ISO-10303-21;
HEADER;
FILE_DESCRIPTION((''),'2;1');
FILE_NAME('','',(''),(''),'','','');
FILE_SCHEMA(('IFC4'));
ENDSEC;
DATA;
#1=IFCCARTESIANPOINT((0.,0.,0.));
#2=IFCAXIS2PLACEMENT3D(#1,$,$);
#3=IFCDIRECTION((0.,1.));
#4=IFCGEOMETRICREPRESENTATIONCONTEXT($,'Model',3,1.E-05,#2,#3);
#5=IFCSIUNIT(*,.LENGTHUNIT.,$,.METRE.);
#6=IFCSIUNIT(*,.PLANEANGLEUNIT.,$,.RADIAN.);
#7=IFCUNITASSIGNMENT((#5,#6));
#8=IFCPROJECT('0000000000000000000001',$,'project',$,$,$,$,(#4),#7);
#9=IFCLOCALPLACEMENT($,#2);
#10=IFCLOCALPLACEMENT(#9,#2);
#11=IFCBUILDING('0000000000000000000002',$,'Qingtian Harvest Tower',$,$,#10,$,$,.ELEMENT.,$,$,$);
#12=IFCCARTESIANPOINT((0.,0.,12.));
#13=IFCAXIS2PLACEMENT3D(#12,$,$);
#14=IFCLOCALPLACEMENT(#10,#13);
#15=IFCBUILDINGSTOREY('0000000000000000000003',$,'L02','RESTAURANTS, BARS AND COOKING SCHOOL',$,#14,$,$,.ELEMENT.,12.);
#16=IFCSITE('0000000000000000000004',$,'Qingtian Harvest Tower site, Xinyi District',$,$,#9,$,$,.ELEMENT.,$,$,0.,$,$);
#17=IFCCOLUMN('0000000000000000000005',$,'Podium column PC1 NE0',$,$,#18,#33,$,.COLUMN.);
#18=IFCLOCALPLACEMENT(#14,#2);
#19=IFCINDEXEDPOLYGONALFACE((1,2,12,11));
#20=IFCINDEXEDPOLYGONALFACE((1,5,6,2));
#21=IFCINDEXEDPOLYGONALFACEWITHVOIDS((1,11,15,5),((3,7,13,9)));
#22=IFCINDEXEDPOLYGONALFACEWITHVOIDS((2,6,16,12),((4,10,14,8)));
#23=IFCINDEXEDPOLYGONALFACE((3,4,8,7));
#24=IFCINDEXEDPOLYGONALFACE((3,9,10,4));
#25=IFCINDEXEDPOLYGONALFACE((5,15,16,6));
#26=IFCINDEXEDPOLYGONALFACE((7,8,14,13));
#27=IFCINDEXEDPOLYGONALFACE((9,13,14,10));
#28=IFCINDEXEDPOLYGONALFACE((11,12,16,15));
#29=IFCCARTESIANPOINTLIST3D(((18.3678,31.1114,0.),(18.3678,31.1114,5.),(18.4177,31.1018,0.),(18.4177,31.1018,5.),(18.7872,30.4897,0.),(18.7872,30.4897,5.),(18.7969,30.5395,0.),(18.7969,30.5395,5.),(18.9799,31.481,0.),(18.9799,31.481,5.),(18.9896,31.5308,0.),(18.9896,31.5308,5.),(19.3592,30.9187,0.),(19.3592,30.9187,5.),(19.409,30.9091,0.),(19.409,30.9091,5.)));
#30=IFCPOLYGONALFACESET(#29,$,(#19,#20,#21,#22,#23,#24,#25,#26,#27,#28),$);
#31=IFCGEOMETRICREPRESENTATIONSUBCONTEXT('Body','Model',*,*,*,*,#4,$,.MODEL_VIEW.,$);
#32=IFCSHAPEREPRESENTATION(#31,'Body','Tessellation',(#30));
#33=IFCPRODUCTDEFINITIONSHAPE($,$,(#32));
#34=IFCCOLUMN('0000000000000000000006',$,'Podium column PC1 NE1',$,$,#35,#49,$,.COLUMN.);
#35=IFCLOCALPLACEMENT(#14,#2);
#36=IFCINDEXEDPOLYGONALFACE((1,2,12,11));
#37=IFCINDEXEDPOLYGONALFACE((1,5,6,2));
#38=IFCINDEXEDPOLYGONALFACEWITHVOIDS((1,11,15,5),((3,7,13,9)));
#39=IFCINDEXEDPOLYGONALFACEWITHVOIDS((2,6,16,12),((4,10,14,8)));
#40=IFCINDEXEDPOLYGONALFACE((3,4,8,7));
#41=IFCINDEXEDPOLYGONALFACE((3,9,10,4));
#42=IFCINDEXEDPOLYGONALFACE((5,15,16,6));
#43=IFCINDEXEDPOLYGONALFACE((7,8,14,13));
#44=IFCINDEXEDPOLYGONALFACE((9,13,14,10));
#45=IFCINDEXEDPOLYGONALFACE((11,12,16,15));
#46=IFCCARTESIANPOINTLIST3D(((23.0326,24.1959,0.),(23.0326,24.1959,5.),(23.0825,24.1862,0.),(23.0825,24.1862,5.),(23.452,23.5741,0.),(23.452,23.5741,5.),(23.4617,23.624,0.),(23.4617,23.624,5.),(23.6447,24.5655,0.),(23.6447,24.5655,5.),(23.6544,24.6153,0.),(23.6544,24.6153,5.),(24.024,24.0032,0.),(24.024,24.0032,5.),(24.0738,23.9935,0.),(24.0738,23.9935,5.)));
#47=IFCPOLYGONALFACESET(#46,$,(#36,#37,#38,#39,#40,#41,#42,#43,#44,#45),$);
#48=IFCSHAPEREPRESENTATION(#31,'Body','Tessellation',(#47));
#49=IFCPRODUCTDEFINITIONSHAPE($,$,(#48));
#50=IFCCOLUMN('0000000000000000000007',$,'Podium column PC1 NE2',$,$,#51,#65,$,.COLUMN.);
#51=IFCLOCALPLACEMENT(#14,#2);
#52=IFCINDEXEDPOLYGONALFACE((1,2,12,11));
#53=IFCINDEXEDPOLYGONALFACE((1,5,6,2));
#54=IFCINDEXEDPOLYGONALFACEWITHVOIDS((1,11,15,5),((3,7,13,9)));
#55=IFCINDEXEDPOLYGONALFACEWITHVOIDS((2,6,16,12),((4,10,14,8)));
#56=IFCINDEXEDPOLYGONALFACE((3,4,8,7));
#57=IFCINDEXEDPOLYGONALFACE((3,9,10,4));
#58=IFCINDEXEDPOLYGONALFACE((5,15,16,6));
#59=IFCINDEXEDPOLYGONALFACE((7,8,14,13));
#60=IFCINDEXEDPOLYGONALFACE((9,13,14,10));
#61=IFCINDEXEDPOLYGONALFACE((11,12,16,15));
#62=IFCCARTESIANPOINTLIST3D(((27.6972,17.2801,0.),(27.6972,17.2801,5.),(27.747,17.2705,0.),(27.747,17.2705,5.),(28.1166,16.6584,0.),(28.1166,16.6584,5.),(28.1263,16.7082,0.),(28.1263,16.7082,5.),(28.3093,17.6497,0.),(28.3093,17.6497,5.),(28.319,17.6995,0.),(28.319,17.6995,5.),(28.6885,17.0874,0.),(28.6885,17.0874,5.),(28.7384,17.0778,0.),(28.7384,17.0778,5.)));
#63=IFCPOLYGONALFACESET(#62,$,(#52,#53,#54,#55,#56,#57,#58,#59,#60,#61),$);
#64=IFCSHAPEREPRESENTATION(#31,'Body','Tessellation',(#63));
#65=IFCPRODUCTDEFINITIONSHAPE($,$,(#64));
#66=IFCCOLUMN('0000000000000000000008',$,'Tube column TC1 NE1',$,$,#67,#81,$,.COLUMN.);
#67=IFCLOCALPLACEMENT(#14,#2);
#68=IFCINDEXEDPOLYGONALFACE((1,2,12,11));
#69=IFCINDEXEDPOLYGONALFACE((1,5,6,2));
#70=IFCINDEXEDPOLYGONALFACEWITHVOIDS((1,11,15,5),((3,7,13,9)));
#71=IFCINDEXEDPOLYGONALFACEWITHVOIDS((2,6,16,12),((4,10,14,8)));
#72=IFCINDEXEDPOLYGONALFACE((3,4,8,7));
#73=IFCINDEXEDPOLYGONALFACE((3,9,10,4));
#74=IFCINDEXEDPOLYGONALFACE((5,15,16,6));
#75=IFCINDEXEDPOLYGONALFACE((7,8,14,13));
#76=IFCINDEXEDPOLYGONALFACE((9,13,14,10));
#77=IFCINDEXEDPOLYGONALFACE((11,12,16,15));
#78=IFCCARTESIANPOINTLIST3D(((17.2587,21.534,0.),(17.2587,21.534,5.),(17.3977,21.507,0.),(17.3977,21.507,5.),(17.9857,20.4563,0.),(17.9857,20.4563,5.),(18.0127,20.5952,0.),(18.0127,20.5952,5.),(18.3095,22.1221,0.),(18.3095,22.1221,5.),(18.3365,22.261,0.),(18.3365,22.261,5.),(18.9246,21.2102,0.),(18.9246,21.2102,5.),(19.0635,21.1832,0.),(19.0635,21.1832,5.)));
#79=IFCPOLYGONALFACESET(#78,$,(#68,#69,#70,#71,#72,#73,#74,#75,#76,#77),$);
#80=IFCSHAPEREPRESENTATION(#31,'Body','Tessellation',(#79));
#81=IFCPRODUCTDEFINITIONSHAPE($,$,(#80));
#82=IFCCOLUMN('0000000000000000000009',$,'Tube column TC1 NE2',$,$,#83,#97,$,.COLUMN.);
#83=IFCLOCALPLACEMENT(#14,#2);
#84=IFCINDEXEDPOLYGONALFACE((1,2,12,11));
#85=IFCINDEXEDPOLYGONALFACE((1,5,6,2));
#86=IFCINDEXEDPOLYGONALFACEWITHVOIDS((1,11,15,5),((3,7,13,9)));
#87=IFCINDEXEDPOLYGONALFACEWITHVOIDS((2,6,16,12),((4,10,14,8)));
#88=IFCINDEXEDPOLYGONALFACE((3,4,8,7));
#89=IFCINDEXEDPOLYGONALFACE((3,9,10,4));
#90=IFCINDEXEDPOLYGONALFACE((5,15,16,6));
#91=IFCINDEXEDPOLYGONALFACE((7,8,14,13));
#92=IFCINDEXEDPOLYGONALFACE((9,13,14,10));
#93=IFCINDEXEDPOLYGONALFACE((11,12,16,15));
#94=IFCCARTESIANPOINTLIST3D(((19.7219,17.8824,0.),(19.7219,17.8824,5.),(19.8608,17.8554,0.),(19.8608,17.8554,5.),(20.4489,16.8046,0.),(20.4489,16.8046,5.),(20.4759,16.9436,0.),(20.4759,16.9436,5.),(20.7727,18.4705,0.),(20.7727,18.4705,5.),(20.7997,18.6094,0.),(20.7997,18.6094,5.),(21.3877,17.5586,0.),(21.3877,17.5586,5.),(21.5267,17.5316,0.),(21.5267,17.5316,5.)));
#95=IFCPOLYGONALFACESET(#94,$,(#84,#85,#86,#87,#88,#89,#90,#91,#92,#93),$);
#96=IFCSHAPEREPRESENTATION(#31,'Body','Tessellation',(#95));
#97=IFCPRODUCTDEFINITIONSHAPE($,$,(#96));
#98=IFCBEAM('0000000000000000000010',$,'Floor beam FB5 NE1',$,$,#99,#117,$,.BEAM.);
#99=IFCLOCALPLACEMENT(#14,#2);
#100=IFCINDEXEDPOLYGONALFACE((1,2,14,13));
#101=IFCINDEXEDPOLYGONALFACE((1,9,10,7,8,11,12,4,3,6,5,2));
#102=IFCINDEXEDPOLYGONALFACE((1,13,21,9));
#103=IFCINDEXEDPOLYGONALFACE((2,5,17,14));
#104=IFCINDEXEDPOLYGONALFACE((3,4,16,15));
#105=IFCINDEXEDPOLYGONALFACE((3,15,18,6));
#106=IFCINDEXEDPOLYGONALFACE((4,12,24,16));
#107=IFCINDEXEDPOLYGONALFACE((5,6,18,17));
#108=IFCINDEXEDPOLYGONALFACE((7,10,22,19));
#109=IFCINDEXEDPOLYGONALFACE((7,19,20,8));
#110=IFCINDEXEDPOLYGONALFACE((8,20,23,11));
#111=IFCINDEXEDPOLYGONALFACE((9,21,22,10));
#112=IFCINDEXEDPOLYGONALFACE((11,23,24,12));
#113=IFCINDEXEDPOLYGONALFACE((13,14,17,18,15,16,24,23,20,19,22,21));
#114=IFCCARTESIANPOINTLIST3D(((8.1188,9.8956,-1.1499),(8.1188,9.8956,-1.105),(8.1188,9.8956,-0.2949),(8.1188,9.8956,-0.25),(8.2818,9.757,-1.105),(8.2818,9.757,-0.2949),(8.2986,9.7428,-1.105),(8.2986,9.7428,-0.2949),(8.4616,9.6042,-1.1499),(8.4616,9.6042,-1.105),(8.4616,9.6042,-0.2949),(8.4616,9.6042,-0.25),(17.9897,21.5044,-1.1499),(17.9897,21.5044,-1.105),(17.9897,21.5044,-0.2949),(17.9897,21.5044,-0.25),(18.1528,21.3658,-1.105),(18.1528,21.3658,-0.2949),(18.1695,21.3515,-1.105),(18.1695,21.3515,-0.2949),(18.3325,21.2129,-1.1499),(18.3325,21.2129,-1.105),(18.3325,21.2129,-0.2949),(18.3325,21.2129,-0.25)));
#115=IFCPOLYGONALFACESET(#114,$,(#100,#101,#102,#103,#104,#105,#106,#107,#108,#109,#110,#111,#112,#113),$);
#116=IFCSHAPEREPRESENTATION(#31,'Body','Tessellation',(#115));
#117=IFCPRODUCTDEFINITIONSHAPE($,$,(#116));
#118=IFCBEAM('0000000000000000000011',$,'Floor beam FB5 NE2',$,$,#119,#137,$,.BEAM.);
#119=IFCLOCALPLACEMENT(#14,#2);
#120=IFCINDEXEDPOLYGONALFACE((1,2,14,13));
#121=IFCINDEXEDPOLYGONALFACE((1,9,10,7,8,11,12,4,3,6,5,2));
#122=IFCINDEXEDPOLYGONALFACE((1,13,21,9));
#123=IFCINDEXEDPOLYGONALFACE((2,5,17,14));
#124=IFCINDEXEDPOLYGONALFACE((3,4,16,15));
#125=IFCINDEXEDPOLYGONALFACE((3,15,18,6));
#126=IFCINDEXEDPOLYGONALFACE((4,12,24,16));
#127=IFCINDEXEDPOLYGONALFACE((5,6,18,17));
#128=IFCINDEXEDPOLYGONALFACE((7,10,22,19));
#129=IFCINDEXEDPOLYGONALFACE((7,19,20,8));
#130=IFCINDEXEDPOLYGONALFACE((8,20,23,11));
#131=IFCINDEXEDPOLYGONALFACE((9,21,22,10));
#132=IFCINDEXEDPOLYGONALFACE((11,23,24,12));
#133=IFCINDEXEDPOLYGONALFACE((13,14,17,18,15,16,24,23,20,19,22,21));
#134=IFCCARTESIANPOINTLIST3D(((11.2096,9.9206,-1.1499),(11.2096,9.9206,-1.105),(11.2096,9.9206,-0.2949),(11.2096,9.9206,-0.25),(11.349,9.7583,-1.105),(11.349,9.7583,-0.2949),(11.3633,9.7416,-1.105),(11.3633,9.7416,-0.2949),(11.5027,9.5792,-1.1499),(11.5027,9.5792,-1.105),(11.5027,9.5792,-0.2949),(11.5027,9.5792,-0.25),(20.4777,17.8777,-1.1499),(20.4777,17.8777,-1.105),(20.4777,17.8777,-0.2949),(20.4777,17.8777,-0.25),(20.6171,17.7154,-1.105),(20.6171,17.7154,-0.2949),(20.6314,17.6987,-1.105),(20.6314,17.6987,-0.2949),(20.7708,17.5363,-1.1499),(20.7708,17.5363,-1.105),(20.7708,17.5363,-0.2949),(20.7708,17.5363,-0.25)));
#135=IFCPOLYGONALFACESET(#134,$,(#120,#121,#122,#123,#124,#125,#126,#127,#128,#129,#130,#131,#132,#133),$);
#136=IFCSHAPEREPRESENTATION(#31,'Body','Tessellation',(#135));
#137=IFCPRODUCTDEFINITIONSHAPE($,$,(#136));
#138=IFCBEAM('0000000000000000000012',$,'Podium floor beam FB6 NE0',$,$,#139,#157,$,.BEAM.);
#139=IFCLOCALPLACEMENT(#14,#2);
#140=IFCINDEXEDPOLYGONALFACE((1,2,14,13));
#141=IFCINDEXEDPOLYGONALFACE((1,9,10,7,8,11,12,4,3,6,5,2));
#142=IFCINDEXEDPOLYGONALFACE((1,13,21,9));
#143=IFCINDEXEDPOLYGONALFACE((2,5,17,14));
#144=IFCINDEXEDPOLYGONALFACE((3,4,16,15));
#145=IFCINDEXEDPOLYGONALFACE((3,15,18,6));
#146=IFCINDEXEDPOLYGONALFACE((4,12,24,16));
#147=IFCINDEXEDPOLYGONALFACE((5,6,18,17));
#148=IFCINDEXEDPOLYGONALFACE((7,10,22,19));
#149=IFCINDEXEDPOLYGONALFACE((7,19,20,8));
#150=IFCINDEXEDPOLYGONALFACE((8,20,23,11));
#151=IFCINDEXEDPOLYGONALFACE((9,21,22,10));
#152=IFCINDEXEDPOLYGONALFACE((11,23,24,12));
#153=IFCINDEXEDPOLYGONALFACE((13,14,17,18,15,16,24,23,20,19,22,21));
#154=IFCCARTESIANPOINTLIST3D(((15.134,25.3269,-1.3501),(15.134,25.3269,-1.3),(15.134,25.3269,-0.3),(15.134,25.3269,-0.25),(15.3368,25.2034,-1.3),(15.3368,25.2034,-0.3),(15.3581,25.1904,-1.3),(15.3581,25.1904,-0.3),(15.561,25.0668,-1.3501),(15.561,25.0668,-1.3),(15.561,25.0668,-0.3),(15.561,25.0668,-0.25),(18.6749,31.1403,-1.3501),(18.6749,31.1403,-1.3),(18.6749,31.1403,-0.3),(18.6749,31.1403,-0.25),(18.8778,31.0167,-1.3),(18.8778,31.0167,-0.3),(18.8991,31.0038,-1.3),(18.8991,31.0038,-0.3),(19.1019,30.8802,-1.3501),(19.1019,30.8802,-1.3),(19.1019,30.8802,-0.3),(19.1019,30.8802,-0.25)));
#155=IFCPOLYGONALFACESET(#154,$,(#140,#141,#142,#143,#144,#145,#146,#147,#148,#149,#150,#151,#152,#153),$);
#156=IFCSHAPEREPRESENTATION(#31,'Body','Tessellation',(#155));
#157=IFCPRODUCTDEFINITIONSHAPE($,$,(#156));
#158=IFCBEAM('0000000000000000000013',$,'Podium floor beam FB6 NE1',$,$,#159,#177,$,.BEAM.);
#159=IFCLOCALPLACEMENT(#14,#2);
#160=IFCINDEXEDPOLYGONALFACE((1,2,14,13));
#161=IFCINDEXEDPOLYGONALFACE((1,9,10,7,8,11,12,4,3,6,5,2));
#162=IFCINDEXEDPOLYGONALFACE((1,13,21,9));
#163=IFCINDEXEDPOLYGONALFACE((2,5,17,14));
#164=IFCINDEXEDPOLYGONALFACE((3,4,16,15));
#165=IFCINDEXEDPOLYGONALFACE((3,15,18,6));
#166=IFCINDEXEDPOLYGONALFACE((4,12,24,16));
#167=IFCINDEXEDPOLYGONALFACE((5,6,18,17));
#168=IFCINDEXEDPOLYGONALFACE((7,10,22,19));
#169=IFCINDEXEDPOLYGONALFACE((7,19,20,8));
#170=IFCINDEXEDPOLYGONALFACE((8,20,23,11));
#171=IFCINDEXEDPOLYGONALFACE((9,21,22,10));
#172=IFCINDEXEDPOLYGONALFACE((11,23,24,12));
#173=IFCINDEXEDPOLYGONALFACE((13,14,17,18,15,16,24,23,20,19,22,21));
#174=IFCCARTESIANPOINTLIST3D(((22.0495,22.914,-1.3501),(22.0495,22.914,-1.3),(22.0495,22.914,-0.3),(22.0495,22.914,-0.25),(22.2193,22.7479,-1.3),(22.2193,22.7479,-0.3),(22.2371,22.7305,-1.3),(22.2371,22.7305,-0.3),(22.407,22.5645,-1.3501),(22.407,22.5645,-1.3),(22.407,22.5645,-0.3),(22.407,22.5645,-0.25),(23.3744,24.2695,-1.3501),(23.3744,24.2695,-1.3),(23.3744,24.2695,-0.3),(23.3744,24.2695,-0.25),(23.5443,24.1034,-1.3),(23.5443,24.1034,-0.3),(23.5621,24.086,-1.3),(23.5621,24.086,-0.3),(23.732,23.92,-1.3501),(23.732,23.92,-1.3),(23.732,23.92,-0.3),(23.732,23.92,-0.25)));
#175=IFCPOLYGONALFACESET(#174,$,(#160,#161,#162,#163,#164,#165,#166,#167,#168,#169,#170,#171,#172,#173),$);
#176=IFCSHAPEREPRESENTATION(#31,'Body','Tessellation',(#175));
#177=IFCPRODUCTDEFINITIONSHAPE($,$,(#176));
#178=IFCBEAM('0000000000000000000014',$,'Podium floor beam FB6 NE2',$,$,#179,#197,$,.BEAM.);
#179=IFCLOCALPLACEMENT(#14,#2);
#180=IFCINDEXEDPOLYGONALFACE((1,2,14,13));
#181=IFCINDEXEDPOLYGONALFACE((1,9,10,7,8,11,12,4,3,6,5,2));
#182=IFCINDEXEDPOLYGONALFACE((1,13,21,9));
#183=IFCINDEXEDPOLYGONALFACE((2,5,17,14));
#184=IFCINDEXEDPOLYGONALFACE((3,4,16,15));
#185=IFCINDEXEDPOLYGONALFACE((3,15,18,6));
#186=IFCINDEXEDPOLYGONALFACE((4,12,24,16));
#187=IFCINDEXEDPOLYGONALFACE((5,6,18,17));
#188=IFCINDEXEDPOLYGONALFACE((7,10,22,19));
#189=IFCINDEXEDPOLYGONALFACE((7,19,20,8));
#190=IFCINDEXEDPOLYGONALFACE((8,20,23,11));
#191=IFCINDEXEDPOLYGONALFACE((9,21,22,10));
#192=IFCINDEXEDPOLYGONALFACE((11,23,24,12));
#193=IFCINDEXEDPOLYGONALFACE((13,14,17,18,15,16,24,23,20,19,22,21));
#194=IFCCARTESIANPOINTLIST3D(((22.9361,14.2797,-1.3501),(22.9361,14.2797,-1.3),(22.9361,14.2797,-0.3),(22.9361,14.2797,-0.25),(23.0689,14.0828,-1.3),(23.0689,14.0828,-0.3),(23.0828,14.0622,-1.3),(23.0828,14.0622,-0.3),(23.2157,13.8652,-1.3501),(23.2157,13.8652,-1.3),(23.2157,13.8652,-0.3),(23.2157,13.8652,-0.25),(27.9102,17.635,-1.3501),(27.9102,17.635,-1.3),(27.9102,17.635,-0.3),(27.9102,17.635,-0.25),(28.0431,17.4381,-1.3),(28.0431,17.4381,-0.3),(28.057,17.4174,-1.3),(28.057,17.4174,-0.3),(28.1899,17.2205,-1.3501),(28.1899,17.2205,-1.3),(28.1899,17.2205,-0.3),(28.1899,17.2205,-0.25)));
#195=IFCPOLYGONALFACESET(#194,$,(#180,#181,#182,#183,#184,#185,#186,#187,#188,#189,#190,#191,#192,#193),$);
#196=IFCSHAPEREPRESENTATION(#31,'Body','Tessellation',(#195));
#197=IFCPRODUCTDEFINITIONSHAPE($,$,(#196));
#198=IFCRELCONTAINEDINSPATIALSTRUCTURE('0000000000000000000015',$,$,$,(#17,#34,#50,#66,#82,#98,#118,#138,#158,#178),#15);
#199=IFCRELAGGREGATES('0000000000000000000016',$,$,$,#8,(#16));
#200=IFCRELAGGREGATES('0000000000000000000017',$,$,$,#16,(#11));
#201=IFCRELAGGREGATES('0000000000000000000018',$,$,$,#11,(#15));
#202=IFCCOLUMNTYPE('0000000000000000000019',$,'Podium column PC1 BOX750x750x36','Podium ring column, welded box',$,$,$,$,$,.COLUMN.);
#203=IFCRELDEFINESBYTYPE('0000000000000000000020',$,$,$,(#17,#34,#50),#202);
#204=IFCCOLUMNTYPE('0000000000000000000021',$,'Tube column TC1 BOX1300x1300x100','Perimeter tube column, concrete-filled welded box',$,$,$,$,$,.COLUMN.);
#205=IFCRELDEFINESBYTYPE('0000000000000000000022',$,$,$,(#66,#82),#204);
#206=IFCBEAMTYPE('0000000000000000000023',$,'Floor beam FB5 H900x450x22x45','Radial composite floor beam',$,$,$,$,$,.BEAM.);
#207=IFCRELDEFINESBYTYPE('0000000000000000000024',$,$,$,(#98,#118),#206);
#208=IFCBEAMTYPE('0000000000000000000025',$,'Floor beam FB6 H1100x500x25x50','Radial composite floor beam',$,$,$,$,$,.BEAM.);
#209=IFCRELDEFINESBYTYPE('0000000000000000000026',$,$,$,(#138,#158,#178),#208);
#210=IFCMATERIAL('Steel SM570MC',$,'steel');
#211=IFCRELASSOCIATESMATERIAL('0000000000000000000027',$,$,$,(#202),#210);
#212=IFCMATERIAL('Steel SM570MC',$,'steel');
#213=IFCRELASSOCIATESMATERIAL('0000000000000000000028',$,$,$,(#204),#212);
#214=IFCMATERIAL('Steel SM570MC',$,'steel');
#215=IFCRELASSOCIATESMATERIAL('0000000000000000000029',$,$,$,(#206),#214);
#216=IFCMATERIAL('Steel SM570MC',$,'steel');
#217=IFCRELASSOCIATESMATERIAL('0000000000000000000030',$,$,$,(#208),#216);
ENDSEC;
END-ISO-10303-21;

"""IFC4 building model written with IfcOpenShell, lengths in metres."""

from ifc_helpers import new_model, si_unit, direction, frame, origin, origin_2d, place, context, subcontext, project, spatial, hollow_rectangle, i_section, extrude, material, material_profile, profile_set, type_object, element, save


model = new_model("IFC4")

# Units and contexts
model_context = context("Model", 3, precision=1e-05, world=origin(), true_north=direction((0.0, 1.0)))
body_context = subcontext(model_context, "Body", "Model", "MODEL_VIEW")
ifc_project = project(units=[si_unit("LENGTHUNIT", "METRE"), si_unit("PLANEANGLEUNIT", "RADIAN")], contexts=[model_context])

# Site, building, storey
site_placement = place(None, origin())
site = spatial("IfcSite", under=ifc_project, at=site_placement, Name="Qingtian Harvest Tower site, Xinyi District", CompositionType="ELEMENT", RefElevation=0.0)
building_placement = place(site_placement, origin())
building = spatial("IfcBuilding", under=site, at=building_placement, Name="Qingtian Harvest Tower", CompositionType="ELEMENT")
storey_placement = place(building_placement, frame((0.0, 0.0, 12.0)))
storey = spatial("IfcBuildingStorey", under=building, at=storey_placement, Name="L02", Description="RESTAURANTS, BARS AND COOKING SCHOOL", CompositionType="ELEMENT", Elevation=12.0)

# Columns
ifc_material_1 = material(Name="Steel SM570MC", Category="steel")
ifc_material_profile_1 = material_profile(ifc_material_1, hollow_rectangle(XDim=0.75, YDim=0.75, WallThickness=0.0359, at=origin_2d()), Name="BOX750x750x36")
ifc_profile_set_1 = profile_set([ifc_material_profile_1], Name="Steel SM570MC")
column_type_1 = type_object("IfcColumnType", Name="Podium column PC1 BOX750x750x36", Description="Podium ring column, welded box", PredefinedType="COLUMN", material=ifc_profile_set_1)
for number, where, z_axis, x_axis, name in (
    (1, (18.8884, 31.0103, 0.0), (0.0, 0.0, 1.0), (-0.559193, 0.829038, 0.0), "Podium column PC1 NE0"),
    (2, (23.5532, 24.0947, 0.0), (0.0, 0.0, 1.0), (-0.559193, 0.829038, 0.0), "Podium column PC1 NE1"),
    (3, (28.2178, 17.179, 0.0), (0.0, 0.0, 1.0), (-0.559193, 0.829038, 0.0), "Podium column PC1 NE2"),
):
    element("IfcColumn", number, at=place(storey_placement, frame(where, z_axis=z_axis, x_axis=x_axis)), inside=storey, type_object=column_type_1, Name=name, PredefinedType="COLUMN", context=body_context, shape_type="SweptSolid", body=[
        extrude(hollow_rectangle(XDim=0.75, YDim=0.75, WallThickness=0.0359, at=origin_2d()), origin(), (0.0, 0.0, 1.0), 5.0),
    ])
ifc_material_2 = material(Name="Steel SM570MC", Category="steel")
ifc_material_profile_2 = material_profile(ifc_material_2, hollow_rectangle(XDim=1.3, YDim=1.3, WallThickness=0.1001, at=origin_2d()), Name="BOX1300x1300x100")
ifc_profile_set_2 = profile_set([ifc_material_profile_2], Name="Steel SM570MC")
column_type_2 = type_object("IfcColumnType", Name="Tube column TC1 BOX1300x1300x100", Description="Perimeter tube column, concrete-filled welded box", PredefinedType="COLUMN", material=ifc_profile_set_2)
for number, where, z_axis, x_axis, name in (
    (4, (18.1611, 21.3586, 0.0), (0.0, 0.0, 1.0), (-0.559193, 0.829038, 0.0), "Tube column TC1 NE1"),
    (5, (20.6243, 17.707, 0.0), (0.0, 0.0, 1.0), (-0.559193, 0.829038, 0.0), "Tube column TC1 NE2"),
):
    element("IfcColumn", number, at=place(storey_placement, frame(where, z_axis=z_axis, x_axis=x_axis)), inside=storey, type_object=column_type_2, Name=name, PredefinedType="COLUMN", context=body_context, shape_type="SweptSolid", body=[
        extrude(hollow_rectangle(XDim=1.3, YDim=1.3, WallThickness=0.1001, at=origin_2d()), origin(), (0.0, 0.0, 1.0), 5.0),
    ])

# Beams
ifc_material_3 = material(Name="Steel SM570MC", Category="steel")
ifc_material_profile_3 = material_profile(ifc_material_3, i_section(OverallWidth=0.45, OverallDepth=0.8999, WebThickness=0.022, FlangeThickness=0.0449, at=origin_2d()), Name="H900x450x22x45")
ifc_profile_set_3 = profile_set([ifc_material_profile_3], Name="Steel SM570MC")
beam_type_1 = type_object("IfcBeamType", Name="Floor beam FB5 H900x450x22x45", Description="Radial composite floor beam", PredefinedType="BEAM", material=ifc_profile_set_3)
beam_1_placement = place(storey_placement, frame((18.1611, 21.3586, -0.7), z_axis=(-0.647782, -0.761826, 0.0), x_axis=(0.761826, -0.647782, 0.0)))
element("IfcBeam", 6, at=beam_1_placement, inside=storey, type_object=beam_type_1, Name="Floor beam FB5 NE1", PredefinedType="BEAM", context=body_context, shape_type="SweptSolid", body=[
    extrude(i_section(OverallWidth=0.45, OverallDepth=0.8999, WebThickness=0.022, FlangeThickness=0.0449, at=origin_2d()), origin(), (0.0, 0.0, 1.0), 15.238),
])
beam_2_placement = place(storey_placement, frame((20.6243, 17.707, -0.7), z_axis=(-0.758732, -0.651403, 0.0), x_axis=(0.651403, -0.758732, 0.0)))
element("IfcBeam", 7, at=beam_2_placement, inside=storey, type_object=beam_type_1, Name="Floor beam FB5 NE2", PredefinedType="BEAM", context=body_context, shape_type="SweptSolid", body=[
    extrude(i_section(OverallWidth=0.45, OverallDepth=0.8999, WebThickness=0.022, FlangeThickness=0.0449, at=origin_2d()), origin(), (0.0, 0.0, 1.0), 12.2153),
])
ifc_material_4 = material(Name="Steel SM570MC", Category="steel")
ifc_material_profile_4 = material_profile(ifc_material_4, i_section(OverallWidth=0.5, OverallDepth=1.1001, WebThickness=0.0249, FlangeThickness=0.05, at=origin_2d()), Name="H1100x500x25x50")
ifc_profile_set_4 = profile_set([ifc_material_profile_4], Name="Steel SM570MC")
beam_type_2 = type_object("IfcBeamType", Name="Floor beam FB6 H1100x500x25x50", Description="Radial composite floor beam", PredefinedType="BEAM", material=ifc_profile_set_4)
beam_3_placement = place(storey_placement, frame((18.8884, 31.0103, -0.8), z_axis=(-0.520202, -0.854043, 0.0), x_axis=(0.854043, -0.520202, 0.0)))
element("IfcBeam", 8, at=beam_3_placement, inside=storey, type_object=beam_type_2, Name="Podium floor beam FB6 NE0", PredefinedType="BEAM", context=body_context, shape_type="SweptSolid", body=[
    extrude(i_section(OverallWidth=0.5, OverallDepth=1.1001, WebThickness=0.0249, FlangeThickness=0.05, at=origin_2d()), origin(), (0.0, 0.0, 1.0), 6.8069),
])
beam_4_placement = place(storey_placement, frame((23.5532, 24.0947, -0.8), z_axis=(-0.699011, -0.715111, 0.0), x_axis=(0.715111, -0.699011, 0.0)))
element("IfcBeam", 9, at=beam_4_placement, inside=storey, type_object=beam_type_2, Name="Podium floor beam FB6 NE1", PredefinedType="BEAM", context=body_context, shape_type="SweptSolid", body=[
    extrude(i_section(OverallWidth=0.5, OverallDepth=1.1001, WebThickness=0.0249, FlangeThickness=0.05, at=origin_2d()), origin(), (0.0, 0.0, 1.0), 1.8955),
])
beam_5_placement = place(storey_placement, frame((28.05, 17.4277, -0.8), z_axis=(-0.829027, -0.559209, 0.0), x_axis=(0.559209, -0.829027, 0.0)))
element("IfcBeam", 10, at=beam_5_placement, inside=storey, type_object=beam_type_2, Name="Podium floor beam FB6 NE2", PredefinedType="BEAM", context=body_context, shape_type="SweptSolid", body=[
    extrude(i_section(OverallWidth=0.5, OverallDepth=1.1001, WebThickness=0.0249, FlangeThickness=0.05, at=origin_2d()), origin(), (0.0, 0.0, 1.0), 6.0),
])

save(model, "model.ifc")
